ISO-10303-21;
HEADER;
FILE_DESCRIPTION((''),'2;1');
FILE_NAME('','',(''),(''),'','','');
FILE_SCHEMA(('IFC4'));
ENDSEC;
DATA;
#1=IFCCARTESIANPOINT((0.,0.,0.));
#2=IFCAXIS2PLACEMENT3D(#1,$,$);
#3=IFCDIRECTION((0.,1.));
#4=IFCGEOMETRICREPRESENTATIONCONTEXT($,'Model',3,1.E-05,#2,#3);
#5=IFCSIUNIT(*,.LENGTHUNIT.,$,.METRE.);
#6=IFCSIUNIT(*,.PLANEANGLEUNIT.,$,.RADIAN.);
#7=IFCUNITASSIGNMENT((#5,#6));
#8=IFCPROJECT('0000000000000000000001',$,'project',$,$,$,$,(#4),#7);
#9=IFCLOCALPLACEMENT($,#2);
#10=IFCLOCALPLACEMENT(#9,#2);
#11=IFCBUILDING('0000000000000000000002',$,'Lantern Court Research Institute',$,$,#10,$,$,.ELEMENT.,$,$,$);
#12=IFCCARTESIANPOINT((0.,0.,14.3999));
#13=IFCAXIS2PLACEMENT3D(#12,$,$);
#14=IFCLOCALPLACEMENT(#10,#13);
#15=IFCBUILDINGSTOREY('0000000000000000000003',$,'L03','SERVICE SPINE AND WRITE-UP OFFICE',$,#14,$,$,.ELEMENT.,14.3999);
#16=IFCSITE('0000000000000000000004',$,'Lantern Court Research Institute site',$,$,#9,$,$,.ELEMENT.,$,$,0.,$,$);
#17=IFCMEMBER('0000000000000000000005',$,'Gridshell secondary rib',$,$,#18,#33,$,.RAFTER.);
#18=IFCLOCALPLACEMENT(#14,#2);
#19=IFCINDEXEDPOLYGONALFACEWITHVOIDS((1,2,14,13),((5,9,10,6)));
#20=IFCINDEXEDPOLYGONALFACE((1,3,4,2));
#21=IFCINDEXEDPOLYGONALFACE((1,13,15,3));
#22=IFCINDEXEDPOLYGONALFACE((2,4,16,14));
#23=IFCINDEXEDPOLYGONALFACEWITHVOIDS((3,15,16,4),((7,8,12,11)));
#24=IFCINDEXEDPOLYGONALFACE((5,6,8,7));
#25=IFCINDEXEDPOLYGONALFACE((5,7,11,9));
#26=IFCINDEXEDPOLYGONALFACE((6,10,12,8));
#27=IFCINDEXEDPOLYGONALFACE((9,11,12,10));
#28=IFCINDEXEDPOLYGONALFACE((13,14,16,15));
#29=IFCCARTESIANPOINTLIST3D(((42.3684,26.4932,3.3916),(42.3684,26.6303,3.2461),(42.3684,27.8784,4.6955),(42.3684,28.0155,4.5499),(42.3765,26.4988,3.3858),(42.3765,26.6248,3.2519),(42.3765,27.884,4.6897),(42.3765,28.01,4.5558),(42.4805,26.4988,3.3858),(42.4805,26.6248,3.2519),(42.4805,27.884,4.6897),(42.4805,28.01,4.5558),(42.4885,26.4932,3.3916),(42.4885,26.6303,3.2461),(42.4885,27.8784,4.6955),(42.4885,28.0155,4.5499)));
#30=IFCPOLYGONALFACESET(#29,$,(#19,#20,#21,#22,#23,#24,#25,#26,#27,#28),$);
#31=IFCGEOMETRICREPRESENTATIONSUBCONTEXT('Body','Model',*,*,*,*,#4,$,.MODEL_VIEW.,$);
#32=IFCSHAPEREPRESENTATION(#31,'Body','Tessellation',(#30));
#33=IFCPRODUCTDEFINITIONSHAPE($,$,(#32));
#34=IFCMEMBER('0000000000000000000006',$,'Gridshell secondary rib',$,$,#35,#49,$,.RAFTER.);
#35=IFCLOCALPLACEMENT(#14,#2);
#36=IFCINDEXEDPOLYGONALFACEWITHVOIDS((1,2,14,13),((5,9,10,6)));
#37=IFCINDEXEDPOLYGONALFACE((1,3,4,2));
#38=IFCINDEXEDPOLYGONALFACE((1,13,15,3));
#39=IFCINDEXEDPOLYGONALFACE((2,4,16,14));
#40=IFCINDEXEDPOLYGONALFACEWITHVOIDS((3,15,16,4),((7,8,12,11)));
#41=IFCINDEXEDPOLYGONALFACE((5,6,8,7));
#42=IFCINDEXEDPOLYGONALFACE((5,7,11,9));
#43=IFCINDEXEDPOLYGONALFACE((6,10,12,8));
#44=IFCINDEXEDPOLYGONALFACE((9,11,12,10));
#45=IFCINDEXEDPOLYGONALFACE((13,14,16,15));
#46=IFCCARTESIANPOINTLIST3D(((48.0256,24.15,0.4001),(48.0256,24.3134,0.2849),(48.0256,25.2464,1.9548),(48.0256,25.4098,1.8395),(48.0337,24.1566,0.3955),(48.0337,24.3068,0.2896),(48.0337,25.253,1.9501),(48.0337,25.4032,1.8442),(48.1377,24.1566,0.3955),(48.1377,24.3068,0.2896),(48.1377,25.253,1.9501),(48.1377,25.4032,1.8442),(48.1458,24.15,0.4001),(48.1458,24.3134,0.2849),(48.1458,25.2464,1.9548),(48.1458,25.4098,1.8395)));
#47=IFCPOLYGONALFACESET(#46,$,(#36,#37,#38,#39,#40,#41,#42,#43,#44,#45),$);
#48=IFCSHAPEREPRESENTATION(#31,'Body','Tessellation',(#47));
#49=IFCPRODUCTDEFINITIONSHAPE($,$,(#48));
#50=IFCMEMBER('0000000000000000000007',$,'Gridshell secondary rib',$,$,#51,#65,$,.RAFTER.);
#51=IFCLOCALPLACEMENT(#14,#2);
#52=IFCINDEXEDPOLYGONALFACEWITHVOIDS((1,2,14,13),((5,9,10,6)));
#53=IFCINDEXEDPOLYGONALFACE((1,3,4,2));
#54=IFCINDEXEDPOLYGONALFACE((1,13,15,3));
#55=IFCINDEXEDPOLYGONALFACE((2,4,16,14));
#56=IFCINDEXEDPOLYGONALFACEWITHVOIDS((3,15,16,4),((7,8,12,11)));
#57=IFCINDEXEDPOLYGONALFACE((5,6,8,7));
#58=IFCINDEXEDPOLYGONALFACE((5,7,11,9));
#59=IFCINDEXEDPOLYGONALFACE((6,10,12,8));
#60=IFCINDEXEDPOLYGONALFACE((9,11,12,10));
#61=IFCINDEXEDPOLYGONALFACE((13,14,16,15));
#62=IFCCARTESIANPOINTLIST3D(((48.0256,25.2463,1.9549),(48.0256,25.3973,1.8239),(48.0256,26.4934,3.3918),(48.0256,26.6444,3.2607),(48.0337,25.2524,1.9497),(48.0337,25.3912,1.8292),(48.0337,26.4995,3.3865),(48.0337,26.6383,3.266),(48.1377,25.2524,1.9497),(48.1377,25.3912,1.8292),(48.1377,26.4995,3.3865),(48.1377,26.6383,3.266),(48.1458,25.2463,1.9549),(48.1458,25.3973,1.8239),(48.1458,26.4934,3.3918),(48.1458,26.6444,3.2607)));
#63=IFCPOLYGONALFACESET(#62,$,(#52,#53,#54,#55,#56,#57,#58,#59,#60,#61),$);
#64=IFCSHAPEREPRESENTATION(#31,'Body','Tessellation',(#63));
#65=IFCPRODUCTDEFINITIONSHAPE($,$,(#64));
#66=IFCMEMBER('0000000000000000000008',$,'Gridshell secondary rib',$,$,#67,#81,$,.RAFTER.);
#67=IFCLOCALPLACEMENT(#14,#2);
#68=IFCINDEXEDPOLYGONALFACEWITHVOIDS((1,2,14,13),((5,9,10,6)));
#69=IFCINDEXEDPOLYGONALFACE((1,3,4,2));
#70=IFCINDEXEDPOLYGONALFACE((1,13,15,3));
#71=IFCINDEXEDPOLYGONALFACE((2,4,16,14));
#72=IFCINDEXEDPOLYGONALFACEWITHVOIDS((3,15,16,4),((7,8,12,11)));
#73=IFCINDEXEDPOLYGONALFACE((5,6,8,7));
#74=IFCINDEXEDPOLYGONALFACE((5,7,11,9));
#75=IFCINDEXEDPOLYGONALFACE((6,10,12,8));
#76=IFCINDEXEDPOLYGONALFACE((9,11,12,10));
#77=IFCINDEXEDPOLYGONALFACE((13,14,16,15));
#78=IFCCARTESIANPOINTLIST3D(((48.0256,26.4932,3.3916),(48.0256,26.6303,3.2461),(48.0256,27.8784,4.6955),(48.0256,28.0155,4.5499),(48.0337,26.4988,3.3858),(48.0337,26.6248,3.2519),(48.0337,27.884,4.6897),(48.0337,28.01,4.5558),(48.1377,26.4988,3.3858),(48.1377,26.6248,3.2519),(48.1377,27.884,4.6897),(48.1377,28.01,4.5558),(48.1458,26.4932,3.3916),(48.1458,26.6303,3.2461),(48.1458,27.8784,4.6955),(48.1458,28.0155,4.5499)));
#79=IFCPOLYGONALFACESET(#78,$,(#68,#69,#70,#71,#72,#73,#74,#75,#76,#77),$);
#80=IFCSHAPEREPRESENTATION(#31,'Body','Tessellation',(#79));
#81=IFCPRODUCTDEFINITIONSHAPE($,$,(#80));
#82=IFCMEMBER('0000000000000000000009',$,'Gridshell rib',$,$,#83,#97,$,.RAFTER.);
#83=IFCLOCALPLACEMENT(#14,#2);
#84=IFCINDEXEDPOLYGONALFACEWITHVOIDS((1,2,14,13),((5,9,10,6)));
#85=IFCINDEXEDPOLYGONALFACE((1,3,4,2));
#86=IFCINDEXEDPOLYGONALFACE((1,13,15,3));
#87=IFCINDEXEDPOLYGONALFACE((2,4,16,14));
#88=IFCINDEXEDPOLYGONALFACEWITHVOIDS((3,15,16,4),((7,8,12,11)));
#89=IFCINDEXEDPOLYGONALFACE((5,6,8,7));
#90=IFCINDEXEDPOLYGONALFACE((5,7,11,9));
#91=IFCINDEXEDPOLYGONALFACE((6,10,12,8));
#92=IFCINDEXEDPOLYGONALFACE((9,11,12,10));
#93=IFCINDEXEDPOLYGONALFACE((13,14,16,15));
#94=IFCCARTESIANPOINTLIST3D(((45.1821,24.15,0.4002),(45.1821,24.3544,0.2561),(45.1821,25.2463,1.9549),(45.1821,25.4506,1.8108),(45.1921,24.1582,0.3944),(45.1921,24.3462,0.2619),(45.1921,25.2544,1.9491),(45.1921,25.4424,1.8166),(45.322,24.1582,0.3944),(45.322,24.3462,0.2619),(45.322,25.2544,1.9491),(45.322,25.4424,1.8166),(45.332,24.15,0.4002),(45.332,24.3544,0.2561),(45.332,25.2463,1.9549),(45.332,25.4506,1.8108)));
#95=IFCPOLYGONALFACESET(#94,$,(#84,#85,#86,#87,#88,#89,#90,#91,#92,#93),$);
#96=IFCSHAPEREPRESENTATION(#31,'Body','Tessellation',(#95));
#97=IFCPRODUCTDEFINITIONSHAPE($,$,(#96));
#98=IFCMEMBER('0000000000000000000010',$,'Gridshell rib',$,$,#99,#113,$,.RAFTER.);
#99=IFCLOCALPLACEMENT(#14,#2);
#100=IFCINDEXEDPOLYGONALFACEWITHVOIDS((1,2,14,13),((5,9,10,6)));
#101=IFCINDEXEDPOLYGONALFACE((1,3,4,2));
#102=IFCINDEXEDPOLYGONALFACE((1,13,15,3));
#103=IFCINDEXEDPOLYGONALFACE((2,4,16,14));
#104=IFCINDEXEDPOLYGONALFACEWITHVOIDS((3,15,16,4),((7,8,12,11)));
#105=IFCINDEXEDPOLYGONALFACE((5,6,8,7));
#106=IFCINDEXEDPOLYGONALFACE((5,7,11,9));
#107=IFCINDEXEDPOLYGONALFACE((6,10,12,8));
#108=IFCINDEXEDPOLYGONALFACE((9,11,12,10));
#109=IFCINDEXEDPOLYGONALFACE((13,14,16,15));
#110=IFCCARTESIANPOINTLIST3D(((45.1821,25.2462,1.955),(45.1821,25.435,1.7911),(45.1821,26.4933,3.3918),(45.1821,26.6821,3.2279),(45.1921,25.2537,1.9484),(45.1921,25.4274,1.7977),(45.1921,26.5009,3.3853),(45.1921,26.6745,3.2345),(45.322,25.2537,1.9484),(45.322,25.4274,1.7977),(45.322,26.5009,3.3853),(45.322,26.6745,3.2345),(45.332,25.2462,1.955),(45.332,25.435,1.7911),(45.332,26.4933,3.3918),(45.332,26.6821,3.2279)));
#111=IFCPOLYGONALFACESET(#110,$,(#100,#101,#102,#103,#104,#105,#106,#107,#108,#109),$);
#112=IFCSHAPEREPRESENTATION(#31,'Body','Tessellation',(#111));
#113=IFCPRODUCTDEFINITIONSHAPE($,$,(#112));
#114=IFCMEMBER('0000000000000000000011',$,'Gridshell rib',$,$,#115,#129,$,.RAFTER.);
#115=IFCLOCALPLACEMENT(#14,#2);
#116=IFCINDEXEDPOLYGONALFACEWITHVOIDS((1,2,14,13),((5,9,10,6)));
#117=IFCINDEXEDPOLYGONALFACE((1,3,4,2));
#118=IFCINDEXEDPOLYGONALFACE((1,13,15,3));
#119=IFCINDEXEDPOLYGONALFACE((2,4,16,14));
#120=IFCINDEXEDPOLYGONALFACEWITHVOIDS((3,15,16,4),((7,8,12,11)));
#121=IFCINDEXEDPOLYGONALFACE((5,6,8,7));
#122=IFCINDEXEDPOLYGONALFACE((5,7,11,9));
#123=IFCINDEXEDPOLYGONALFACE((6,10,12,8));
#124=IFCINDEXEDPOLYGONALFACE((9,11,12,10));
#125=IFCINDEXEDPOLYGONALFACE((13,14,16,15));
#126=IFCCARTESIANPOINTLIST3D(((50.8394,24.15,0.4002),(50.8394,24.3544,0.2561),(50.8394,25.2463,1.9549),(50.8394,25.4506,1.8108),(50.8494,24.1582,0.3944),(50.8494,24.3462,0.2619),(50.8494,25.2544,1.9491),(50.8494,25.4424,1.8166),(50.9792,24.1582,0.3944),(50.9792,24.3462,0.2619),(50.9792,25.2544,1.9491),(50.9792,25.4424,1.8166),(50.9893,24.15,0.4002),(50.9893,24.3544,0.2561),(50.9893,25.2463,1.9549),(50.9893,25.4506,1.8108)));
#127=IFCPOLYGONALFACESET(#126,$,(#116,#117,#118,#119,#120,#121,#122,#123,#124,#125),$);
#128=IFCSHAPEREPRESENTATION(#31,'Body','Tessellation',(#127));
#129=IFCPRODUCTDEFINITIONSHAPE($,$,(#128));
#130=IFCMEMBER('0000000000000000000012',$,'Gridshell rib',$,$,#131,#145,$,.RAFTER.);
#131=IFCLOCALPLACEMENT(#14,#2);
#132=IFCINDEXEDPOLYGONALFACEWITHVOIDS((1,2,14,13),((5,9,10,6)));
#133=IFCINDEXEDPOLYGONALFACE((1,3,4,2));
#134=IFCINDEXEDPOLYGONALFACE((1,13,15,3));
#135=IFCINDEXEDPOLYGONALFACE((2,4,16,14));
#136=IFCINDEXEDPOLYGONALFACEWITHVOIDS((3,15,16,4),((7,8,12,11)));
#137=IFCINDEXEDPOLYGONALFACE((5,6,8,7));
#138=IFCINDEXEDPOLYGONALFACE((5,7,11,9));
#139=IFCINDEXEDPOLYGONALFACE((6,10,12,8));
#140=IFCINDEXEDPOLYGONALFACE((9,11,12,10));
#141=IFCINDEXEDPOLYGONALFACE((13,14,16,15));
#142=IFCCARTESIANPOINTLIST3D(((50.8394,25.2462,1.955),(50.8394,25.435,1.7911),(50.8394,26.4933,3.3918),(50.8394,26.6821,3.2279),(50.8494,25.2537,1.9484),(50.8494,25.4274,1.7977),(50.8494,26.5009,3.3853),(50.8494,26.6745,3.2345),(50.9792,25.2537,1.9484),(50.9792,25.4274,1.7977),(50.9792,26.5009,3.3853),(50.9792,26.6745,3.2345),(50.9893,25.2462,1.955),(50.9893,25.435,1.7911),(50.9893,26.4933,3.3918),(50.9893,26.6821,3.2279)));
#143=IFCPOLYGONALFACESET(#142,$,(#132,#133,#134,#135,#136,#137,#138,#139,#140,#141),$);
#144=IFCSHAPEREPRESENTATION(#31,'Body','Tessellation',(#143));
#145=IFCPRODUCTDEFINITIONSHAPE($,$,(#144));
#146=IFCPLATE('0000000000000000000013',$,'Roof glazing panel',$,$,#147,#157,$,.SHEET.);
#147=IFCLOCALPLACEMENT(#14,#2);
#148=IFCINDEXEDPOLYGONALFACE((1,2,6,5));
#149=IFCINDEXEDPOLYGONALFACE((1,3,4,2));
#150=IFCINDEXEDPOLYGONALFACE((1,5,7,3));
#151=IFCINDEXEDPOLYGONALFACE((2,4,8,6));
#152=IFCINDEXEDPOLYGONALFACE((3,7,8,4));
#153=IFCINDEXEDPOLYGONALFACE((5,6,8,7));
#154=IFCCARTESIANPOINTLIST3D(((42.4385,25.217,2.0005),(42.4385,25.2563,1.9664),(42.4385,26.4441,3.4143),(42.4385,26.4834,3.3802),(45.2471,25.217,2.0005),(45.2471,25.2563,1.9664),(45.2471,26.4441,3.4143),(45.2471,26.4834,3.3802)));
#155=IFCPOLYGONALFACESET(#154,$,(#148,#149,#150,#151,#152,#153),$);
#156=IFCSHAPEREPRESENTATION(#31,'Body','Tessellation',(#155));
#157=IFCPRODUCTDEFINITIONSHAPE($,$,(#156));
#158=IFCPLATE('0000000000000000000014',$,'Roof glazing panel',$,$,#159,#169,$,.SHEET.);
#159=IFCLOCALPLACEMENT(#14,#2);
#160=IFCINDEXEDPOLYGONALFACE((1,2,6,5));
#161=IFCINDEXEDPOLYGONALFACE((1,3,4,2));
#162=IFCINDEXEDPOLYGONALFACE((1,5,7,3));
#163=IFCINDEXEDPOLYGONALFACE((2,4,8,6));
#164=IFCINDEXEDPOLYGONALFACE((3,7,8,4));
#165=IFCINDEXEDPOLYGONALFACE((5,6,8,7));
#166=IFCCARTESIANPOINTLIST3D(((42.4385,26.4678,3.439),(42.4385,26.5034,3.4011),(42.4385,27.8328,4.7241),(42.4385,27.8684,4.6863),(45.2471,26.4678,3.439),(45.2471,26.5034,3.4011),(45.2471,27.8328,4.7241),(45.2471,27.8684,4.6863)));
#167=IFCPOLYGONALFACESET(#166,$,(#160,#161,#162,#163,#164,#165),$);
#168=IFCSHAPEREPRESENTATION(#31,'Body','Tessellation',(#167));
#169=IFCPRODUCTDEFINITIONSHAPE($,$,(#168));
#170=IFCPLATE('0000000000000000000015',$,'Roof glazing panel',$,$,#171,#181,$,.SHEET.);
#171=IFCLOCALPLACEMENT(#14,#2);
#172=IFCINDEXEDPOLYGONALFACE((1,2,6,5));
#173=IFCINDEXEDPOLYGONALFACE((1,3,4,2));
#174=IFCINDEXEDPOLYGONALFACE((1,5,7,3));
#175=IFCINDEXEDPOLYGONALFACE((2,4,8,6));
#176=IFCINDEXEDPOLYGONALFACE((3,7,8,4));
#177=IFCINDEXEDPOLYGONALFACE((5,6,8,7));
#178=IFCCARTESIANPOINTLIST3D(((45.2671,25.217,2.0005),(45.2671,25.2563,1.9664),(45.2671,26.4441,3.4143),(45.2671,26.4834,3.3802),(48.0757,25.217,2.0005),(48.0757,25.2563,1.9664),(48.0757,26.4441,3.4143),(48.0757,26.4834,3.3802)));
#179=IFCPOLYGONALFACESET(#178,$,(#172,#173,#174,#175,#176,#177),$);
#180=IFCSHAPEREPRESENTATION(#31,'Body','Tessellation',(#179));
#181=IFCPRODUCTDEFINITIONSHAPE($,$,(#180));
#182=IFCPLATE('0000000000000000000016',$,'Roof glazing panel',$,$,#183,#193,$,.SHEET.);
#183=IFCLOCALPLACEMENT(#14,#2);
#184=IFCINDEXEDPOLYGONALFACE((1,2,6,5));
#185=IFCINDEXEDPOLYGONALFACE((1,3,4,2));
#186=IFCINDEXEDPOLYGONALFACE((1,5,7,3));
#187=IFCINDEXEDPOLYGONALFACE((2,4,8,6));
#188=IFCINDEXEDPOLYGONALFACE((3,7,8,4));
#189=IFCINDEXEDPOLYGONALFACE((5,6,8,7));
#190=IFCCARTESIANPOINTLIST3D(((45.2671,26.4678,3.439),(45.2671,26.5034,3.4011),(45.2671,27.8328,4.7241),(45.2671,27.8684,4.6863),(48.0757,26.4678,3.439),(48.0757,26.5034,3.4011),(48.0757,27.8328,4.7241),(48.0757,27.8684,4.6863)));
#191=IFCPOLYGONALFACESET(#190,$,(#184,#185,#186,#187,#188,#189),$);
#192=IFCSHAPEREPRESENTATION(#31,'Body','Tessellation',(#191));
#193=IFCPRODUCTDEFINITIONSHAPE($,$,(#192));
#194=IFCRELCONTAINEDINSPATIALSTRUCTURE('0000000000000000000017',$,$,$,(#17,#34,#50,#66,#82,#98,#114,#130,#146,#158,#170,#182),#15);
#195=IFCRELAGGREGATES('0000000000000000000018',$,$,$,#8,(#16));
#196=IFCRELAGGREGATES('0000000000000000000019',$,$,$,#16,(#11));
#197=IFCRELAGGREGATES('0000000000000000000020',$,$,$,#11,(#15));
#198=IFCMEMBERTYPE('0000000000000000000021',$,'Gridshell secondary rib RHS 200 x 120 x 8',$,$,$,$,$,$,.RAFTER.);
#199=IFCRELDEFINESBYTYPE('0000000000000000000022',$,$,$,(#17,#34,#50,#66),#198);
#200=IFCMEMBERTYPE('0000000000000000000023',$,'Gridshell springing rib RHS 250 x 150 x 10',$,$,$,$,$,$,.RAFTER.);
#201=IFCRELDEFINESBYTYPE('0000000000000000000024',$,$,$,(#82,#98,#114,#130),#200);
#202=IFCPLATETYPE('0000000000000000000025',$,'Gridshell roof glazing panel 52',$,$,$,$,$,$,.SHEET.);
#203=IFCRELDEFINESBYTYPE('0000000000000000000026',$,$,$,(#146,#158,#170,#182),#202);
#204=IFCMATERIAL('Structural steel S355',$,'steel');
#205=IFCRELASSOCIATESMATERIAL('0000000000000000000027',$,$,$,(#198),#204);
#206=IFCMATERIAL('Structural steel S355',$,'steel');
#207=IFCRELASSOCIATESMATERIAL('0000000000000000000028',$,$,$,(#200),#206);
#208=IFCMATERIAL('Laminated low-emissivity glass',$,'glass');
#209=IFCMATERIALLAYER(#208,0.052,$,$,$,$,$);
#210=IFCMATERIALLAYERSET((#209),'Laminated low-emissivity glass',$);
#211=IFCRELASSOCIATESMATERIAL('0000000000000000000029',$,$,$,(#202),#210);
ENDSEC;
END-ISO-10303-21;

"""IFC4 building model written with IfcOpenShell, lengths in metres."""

from ifc_helpers import new_model, si_unit, direction, frame, origin, origin_2d, place, context, subcontext, project, spatial, polyline, hollow_rectangle, outline, extrude, material, layer, layer_set, material_profile, profile_set, type_object, element, save


model = new_model("IFC4")

# Units and contexts
model_context = context("Model", 3, precision=1e-05, world=origin(), true_north=direction((0.0, 1.0)))
body_context = subcontext(model_context, "Body", "Model", "MODEL_VIEW")
ifc_project = project(units=[si_unit("LENGTHUNIT", "METRE"), si_unit("PLANEANGLEUNIT", "RADIAN")], contexts=[model_context])

# Site, building, storey
site_placement = place(None, origin())
site = spatial("IfcSite", under=ifc_project, at=site_placement, Name="Lantern Court Research Institute site", CompositionType="ELEMENT", RefElevation=0.0)
building_placement = place(site_placement, origin())
building = spatial("IfcBuilding", under=site, at=building_placement, Name="Lantern Court Research Institute", CompositionType="ELEMENT")
storey_placement = place(building_placement, frame((0.0, 0.0, 14.3999)))
storey = spatial("IfcBuildingStorey", under=building, at=storey_placement, Name="L03", Description="SERVICE SPINE AND WRITE-UP OFFICE", CompositionType="ELEMENT", Elevation=14.3999)

# Members
ifc_material_1 = material(Name="Structural steel S355", Category="steel")
ifc_material_profile_1 = material_profile(ifc_material_1, hollow_rectangle(XDim=0.1201, YDim=0.2, WallThickness=0.0081, at=origin_2d()), Name="Gridshell secondary rib RHS 200 x 120 x 8")
ifc_profile_set_1 = profile_set([ifc_material_profile_1], Name="Structural steel S355")
member_type_1 = type_object("IfcMemberType", Name="Gridshell secondary rib RHS 200 x 120 x 8", PredefinedType="RAFTER", material=ifc_profile_set_1)
for number, where, z_axis, x_axis, name in (
    (1, (42.4285, 26.5618, 3.3188), (0.0, 0.728151, 0.685417), (-1.0, 0.0, 0.0), "Gridshell secondary rib"),
    (2, (48.0857, 24.2317, 0.3425), (0.0, 0.576335, 0.817213), (-1.0, 0.0, 0.0), "Gridshell secondary rib"),
):
    element("IfcMember", number, at=place(storey_placement, frame(where, z_axis=z_axis, x_axis=x_axis)), inside=storey, type_object=member_type_1, Name=name, PredefinedType="RAFTER", context=body_context, shape_type="SweptSolid", body=[
        extrude(hollow_rectangle(XDim=0.1201, YDim=0.2, WallThickness=0.0081, at=origin_2d()), origin(), (0.0, 0.0, 1.0), 1.9023),
    ])
member_1_placement = place(storey_placement, frame((48.0857, 25.3218, 1.8894), z_axis=(0.0, 0.655492, 0.755202), x_axis=(-1.0, 0.0, 0.0)))
element("IfcMember", 3, at=member_1_placement, inside=storey, type_object=member_type_1, Name="Gridshell secondary rib", PredefinedType="RAFTER", context=body_context, shape_type="SweptSolid", body=[
    extrude(hollow_rectangle(XDim=0.1201, YDim=0.2, WallThickness=0.0081, at=origin_2d()), origin(), (0.0, 0.0, 1.0), 1.9026),
])
member_2_placement = place(storey_placement, frame((48.0857, 26.5618, 3.3188), z_axis=(0.0, 0.728151, 0.685417), x_axis=(-1.0, 0.0, 0.0)))
element("IfcMember", 4, at=member_2_placement, inside=storey, type_object=member_type_1, Name="Gridshell secondary rib", PredefinedType="RAFTER", context=body_context, shape_type="SweptSolid", body=[
    extrude(hollow_rectangle(XDim=0.1201, YDim=0.2, WallThickness=0.0081, at=origin_2d()), origin(), (0.0, 0.0, 1.0), 1.9023),
])
ifc_material_2 = material(Name="Structural steel S355", Category="steel")
ifc_material_profile_2 = material_profile(ifc_material_2, hollow_rectangle(XDim=0.1499, YDim=0.25, WallThickness=0.01, at=origin_2d()), Name="Gridshell springing rib RHS 250 x 150 x 10")
ifc_profile_set_2 = profile_set([ifc_material_profile_2], Name="Structural steel S355")
member_type_2 = type_object("IfcMemberType", Name="Gridshell springing rib RHS 250 x 150 x 10", PredefinedType="RAFTER", material=ifc_profile_set_2)
member_3_placement = place(storey_placement, frame((45.2571, 24.2522, 0.3281), z_axis=(0.0, 0.57625, 0.817274), x_axis=(-1.0, 0.0, 0.0)))
element("IfcMember", 5, at=member_3_placement, inside=storey, type_object=member_type_2, Name="Gridshell rib", PredefinedType="RAFTER", context=body_context, shape_type="SweptSolid", body=[
    extrude(hollow_rectangle(XDim=0.1499, YDim=0.25, WallThickness=0.01, at=origin_2d()), origin(), (0.0, 0.0, 1.0), 1.9023),
])
member_4_placement = place(storey_placement, frame((45.2571, 25.3406, 1.873), z_axis=(0.0, 0.655492, 0.755202), x_axis=(-1.0, 0.0, 0.0)))
element("IfcMember", 6, at=member_4_placement, inside=storey, type_object=member_type_2, Name="Gridshell rib", PredefinedType="RAFTER", context=body_context, shape_type="SweptSolid", body=[
    extrude(hollow_rectangle(XDim=0.1499, YDim=0.25, WallThickness=0.01, at=origin_2d()), origin(), (0.0, 0.0, 1.0), 1.9026),
])
member_5_placement = place(storey_placement, frame((50.9143, 24.2522, 0.3281), z_axis=(0.0, 0.57625, 0.817274), x_axis=(-1.0, 0.0, 0.0)))
element("IfcMember", 7, at=member_5_placement, inside=storey, type_object=member_type_2, Name="Gridshell rib", PredefinedType="RAFTER", context=body_context, shape_type="SweptSolid", body=[
    extrude(hollow_rectangle(XDim=0.1499, YDim=0.25, WallThickness=0.01, at=origin_2d()), origin(), (0.0, 0.0, 1.0), 1.9023),
])
member_6_placement = place(storey_placement, frame((50.9143, 25.3406, 1.873), z_axis=(0.0, 0.655492, 0.755202), x_axis=(-1.0, 0.0, 0.0)))
element("IfcMember", 8, at=member_6_placement, inside=storey, type_object=member_type_2, Name="Gridshell rib", PredefinedType="RAFTER", context=body_context, shape_type="SweptSolid", body=[
    extrude(hollow_rectangle(XDim=0.1499, YDim=0.25, WallThickness=0.01, at=origin_2d()), origin(), (0.0, 0.0, 1.0), 1.9026),
])

# Plates
ifc_material_3 = material(Name="Laminated low-emissivity glass", Category="glass")
ifc_layer = layer(ifc_material_3, 0.052)
ifc_layer_set = layer_set([ifc_layer], Name="Laminated low-emissivity glass")
plate_type = type_object("IfcPlateType", Name="Gridshell roof glazing panel 52", PredefinedType="SHEET", material=ifc_layer_set)
plate_1_placement = place(storey_placement, frame((45.2471, 25.217, 2.0005), z_axis=(0.0, -0.755228, 0.655462), x_axis=(-1.0, 0.0, 0.0)))
element("IfcPlate", 9, at=plate_1_placement, inside=storey, type_object=plate_type, Name="Roof glazing panel", PredefinedType="SHEET", context=body_context, shape_type="SweptSolid", body=[
    extrude(outline(polyline([(0.0, 0.0), (2.8086, 0.0), (2.8086, -1.872), (0.0, -1.872), (0.0, 0.0)])), origin(), (0.0, 0.0, -1.0), 0.052),
])
plate_2_placement = place(storey_placement, frame((45.2471, 26.4678, 3.439), z_axis=(0.0, -0.685495, 0.728078), x_axis=(-1.0, 0.0, 0.0)))
element("IfcPlate", 10, at=plate_2_placement, inside=storey, type_object=plate_type, Name="Roof glazing panel", PredefinedType="SHEET", context=body_context, shape_type="SweptSolid", body=[
    extrude(outline(polyline([(0.0, 0.0), (2.8086, 0.0), (2.8086, -1.8748), (0.0, -1.8748), (0.0, 0.0)])), origin(), (0.0, 0.0, -1.0), 0.052),
])
plate_3_placement = place(storey_placement, frame((48.0757, 25.217, 2.0005), z_axis=(0.0, -0.755228, 0.655462), x_axis=(-1.0, 0.0, 0.0)))
element("IfcPlate", 11, at=plate_3_placement, inside=storey, type_object=plate_type, Name="Roof glazing panel", PredefinedType="SHEET", context=body_context, shape_type="SweptSolid", body=[
    extrude(outline(polyline([(0.0, 0.0), (2.8086, 0.0), (2.8086, -1.872), (0.0, -1.872), (0.0, 0.0)])), origin(), (0.0, 0.0, -1.0), 0.052),
])
plate_4_placement = place(storey_placement, frame((48.0757, 26.4678, 3.439), z_axis=(0.0, -0.685495, 0.728078), x_axis=(-1.0, 0.0, 0.0)))
element("IfcPlate", 12, at=plate_4_placement, inside=storey, type_object=plate_type, Name="Roof glazing panel", PredefinedType="SHEET", context=body_context, shape_type="SweptSolid", body=[
    extrude(outline(polyline([(0.0, 0.0), (2.8086, 0.0), (2.8086, -1.8748), (0.0, -1.8748), (0.0, 0.0)])), origin(), (0.0, 0.0, -1.0), 0.052),
])

save(model, "model.ifc")
